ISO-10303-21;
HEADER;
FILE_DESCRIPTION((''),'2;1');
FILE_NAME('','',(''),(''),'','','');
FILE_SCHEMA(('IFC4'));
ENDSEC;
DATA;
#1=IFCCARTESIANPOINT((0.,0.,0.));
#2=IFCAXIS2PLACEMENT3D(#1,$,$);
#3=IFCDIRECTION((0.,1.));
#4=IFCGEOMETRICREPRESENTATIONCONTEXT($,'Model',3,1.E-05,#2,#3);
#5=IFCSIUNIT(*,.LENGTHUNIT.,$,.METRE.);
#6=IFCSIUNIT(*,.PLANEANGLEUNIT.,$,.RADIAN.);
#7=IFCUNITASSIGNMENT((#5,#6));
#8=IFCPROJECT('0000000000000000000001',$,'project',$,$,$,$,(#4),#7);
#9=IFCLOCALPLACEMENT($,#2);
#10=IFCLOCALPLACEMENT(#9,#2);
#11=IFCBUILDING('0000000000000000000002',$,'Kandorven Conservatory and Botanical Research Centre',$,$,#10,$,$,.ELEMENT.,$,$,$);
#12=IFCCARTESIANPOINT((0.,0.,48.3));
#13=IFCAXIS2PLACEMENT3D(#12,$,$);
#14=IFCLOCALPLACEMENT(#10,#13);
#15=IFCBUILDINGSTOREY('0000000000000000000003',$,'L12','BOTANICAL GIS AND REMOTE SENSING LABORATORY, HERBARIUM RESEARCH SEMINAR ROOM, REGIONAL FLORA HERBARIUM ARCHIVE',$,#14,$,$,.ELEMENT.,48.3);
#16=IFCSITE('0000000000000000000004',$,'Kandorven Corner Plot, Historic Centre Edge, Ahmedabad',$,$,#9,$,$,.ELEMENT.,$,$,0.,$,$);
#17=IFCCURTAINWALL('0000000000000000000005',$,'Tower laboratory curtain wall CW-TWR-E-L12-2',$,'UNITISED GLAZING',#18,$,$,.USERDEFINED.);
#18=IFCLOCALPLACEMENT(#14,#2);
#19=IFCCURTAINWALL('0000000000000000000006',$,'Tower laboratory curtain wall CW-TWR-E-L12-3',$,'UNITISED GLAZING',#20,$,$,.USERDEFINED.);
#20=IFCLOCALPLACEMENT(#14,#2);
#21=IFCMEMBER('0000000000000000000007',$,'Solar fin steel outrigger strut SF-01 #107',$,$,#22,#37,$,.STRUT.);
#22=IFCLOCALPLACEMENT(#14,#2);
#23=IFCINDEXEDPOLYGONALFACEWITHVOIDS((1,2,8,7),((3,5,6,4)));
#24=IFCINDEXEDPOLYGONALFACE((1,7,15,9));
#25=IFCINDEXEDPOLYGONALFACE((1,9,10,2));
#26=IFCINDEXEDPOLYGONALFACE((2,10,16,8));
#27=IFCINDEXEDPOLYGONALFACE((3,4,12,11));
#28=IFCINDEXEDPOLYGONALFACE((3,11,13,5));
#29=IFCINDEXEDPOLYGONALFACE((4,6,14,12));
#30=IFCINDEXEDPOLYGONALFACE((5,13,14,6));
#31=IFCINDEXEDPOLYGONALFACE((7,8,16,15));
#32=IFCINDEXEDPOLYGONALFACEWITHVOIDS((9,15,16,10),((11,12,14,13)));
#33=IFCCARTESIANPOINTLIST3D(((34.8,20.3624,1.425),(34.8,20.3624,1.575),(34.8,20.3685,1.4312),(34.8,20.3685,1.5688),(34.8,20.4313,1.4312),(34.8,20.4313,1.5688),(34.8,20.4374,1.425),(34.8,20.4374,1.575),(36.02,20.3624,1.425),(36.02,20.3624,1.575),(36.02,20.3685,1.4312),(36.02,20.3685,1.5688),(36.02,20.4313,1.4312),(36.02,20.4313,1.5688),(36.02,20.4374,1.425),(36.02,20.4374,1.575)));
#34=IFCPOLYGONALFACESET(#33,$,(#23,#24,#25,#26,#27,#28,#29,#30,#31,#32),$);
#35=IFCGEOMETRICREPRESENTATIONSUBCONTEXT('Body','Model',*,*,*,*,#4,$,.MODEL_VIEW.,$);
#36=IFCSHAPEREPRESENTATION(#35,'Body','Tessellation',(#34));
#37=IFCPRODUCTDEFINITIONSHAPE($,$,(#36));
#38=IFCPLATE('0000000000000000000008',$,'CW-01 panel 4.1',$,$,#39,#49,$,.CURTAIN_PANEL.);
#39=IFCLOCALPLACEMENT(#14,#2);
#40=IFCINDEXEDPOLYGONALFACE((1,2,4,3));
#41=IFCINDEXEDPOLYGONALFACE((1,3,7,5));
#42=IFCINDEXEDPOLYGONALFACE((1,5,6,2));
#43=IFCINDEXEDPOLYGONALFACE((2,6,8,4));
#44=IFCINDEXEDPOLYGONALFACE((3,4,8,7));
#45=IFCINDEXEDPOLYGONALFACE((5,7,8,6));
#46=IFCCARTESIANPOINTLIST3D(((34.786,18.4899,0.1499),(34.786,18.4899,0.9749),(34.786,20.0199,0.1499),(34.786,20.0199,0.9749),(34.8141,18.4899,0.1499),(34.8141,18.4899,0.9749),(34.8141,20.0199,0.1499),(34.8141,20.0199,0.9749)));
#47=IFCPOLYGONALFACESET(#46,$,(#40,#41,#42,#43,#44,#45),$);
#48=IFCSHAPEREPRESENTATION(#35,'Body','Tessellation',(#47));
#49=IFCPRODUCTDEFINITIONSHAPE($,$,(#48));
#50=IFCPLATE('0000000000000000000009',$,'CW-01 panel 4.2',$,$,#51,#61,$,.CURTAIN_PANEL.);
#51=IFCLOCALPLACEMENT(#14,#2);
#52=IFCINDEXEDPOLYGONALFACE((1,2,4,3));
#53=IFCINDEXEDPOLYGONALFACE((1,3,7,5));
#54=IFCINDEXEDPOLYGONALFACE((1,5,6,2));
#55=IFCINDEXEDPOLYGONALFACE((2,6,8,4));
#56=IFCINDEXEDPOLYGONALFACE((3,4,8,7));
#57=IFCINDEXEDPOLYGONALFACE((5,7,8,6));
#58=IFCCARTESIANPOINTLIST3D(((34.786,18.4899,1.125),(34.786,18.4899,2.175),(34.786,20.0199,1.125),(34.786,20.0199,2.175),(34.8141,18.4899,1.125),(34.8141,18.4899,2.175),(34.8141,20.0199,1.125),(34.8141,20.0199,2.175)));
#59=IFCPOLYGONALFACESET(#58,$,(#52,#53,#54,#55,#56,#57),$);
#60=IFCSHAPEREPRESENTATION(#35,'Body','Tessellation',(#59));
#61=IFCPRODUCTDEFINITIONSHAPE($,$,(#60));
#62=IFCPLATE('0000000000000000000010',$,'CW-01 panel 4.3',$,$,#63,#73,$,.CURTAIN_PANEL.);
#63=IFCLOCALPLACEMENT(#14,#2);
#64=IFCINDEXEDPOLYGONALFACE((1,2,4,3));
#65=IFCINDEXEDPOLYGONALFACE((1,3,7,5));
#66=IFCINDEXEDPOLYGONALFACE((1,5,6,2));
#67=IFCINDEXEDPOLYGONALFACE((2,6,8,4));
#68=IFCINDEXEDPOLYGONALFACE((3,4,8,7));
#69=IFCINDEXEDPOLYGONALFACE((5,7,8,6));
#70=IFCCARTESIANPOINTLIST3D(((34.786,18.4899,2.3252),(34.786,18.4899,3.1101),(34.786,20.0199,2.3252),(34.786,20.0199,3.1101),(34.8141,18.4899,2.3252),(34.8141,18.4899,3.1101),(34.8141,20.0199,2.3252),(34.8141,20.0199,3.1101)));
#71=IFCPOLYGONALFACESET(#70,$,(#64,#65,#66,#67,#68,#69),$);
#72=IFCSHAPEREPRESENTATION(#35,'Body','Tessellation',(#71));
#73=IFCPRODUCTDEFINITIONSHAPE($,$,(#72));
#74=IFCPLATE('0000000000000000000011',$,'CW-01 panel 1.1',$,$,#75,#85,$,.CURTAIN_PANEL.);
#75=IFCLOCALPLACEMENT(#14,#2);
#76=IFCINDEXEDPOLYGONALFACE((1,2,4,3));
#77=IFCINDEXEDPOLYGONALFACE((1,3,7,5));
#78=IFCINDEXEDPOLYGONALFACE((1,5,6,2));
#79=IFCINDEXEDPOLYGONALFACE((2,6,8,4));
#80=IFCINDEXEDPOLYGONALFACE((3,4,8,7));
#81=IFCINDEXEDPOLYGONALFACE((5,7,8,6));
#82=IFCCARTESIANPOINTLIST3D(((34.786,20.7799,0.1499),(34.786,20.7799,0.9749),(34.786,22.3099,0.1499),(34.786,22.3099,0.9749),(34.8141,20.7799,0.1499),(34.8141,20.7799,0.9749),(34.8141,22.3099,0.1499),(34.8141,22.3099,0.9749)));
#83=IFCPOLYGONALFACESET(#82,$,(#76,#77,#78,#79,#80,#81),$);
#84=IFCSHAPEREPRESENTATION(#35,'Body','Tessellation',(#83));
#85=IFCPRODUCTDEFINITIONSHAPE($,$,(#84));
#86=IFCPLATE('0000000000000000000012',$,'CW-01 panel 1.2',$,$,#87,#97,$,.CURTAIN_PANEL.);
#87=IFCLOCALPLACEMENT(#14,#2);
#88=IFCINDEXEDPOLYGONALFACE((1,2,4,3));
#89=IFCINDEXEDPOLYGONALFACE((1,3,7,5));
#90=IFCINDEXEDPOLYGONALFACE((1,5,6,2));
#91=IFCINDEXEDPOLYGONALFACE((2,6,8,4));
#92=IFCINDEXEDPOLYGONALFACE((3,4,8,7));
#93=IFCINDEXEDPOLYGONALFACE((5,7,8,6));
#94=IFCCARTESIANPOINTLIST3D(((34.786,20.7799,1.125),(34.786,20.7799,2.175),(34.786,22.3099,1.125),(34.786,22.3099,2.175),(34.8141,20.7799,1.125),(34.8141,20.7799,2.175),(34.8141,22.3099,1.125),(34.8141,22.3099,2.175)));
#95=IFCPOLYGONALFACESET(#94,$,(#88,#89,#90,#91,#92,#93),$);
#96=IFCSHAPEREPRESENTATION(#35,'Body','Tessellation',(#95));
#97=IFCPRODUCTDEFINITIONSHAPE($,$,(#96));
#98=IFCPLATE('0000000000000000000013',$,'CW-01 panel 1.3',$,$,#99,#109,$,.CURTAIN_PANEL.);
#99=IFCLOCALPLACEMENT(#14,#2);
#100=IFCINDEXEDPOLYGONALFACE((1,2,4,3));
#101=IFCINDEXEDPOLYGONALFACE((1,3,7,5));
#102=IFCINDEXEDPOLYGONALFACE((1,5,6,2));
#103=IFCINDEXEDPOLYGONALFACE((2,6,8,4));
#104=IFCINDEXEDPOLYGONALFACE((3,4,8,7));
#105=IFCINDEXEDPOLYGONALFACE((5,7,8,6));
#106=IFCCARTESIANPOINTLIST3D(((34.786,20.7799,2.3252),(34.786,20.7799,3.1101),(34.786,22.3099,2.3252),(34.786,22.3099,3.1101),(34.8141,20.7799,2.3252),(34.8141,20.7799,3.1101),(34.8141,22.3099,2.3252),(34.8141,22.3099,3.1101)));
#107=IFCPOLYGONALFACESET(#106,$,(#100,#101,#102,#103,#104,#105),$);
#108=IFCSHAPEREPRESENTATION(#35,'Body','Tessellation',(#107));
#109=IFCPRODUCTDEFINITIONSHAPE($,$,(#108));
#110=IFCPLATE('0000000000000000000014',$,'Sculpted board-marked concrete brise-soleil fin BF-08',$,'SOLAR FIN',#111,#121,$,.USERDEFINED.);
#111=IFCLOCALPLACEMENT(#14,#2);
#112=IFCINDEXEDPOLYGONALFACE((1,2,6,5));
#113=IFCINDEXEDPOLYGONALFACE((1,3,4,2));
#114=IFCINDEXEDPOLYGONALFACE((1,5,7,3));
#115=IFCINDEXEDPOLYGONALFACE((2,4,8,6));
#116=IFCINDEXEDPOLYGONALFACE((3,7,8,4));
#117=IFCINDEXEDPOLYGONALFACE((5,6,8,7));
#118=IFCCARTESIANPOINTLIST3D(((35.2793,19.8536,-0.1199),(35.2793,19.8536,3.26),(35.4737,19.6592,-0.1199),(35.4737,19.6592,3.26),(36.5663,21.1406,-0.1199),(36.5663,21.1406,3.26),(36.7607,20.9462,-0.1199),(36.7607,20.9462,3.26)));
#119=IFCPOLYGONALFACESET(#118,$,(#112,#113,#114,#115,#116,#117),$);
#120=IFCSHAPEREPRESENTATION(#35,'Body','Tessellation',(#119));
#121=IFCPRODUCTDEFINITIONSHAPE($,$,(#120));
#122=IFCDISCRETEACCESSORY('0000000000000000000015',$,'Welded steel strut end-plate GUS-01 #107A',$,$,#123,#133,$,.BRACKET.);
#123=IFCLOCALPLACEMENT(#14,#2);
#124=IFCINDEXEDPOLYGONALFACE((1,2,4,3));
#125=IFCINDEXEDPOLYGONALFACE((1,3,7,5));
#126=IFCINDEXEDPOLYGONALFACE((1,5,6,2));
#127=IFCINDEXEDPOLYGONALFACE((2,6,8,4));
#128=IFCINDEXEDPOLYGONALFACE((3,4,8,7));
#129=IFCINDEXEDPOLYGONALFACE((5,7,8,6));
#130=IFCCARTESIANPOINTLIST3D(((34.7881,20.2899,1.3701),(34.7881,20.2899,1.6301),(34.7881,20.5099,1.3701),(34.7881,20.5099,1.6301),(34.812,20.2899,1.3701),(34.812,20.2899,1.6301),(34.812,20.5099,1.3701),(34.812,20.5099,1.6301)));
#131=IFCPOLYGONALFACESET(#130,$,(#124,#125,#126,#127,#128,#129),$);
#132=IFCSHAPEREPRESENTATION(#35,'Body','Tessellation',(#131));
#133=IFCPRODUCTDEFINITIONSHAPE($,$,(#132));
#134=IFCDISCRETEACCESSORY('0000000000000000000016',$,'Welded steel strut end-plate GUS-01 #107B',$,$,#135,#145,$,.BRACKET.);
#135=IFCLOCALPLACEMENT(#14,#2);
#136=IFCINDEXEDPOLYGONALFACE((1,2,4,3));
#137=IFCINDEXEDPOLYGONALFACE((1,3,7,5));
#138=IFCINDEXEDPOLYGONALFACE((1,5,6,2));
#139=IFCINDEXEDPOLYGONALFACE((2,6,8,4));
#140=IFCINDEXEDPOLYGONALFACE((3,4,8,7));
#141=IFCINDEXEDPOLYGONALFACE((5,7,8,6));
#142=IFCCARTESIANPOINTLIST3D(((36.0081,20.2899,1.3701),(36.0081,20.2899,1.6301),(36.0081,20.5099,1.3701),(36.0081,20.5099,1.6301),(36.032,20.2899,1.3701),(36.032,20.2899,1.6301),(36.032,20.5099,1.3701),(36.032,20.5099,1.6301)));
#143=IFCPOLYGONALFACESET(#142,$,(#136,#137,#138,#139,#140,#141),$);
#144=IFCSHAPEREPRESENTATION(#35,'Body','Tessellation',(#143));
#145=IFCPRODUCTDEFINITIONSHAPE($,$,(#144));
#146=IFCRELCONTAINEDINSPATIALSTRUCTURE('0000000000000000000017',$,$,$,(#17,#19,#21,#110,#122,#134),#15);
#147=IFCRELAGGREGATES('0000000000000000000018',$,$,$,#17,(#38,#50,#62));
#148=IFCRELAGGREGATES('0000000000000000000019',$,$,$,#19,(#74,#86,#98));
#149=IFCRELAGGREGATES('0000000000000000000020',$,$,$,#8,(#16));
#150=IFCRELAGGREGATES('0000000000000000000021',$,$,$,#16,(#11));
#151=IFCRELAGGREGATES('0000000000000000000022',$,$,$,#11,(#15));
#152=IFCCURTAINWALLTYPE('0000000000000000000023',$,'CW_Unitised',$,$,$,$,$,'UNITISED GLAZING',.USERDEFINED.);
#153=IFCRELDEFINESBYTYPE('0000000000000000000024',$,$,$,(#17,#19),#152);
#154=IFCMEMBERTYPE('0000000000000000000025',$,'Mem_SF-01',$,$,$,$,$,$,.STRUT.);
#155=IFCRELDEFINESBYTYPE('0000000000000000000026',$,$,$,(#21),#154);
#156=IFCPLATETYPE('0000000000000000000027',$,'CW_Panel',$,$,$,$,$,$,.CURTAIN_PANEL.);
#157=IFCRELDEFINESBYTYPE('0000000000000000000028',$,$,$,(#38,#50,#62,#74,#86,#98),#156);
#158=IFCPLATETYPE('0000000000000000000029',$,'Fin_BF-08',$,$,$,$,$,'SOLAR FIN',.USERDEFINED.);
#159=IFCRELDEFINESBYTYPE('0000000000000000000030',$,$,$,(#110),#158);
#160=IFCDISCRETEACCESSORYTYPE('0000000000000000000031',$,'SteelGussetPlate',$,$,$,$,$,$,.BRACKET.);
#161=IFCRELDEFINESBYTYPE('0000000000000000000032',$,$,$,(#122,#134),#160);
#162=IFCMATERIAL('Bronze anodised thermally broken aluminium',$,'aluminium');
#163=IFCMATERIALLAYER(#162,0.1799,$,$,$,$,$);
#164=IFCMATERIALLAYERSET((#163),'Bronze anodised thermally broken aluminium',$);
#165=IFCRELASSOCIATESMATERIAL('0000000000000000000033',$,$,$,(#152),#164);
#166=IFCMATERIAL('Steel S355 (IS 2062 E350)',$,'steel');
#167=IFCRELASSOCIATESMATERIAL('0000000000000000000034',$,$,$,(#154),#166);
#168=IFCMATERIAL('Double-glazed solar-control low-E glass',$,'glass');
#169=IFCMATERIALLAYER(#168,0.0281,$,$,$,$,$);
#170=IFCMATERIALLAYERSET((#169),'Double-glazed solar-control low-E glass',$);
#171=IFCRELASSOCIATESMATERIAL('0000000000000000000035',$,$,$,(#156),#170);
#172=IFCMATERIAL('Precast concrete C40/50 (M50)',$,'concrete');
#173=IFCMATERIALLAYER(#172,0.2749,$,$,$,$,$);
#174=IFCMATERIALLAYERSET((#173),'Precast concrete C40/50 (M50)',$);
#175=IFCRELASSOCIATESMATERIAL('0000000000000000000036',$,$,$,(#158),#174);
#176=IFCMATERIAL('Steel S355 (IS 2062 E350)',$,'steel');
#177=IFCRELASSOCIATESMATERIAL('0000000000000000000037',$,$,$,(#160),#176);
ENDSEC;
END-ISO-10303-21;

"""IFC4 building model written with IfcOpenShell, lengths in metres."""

from ifc_helpers import new_model, si_unit, direction, frame, origin, origin_2d, place, context, subcontext, project, spatial, rectangle, hollow_rectangle, extrude, material, layer, layer_set, material_profile, profile_set, type_object, element, aggregate, save


model = new_model("IFC4")

# Units and contexts
model_context = context("Model", 3, precision=1e-05, world=origin(), true_north=direction((0.0, 1.0)))
body_context = subcontext(model_context, "Body", "Model", "MODEL_VIEW")
ifc_project = project(units=[si_unit("LENGTHUNIT", "METRE"), si_unit("PLANEANGLEUNIT", "RADIAN")], contexts=[model_context])

# Site, building, storey
site_placement = place(None, origin())
site = spatial("IfcSite", under=ifc_project, at=site_placement, Name="Kandorven Corner Plot, Historic Centre Edge, Ahmedabad", CompositionType="ELEMENT", RefElevation=0.0)
building_placement = place(site_placement, origin())
building = spatial("IfcBuilding", under=site, at=building_placement, Name="Kandorven Conservatory and Botanical Research Centre", CompositionType="ELEMENT")
storey_placement = place(building_placement, frame((0.0, 0.0, 48.3)))
storey = spatial("IfcBuildingStorey", under=building, at=storey_placement, Name="L12", Description="BOTANICAL GIS AND REMOTE SENSING LABORATORY, HERBARIUM RESEARCH SEMINAR ROOM, REGIONAL FLORA HERBARIUM ARCHIVE", CompositionType="ELEMENT", Elevation=48.3)

# Curtain walls
ifc_material_1 = material(Name="Bronze anodised thermally broken aluminium", Category="aluminium")
ifc_layer_1 = layer(ifc_material_1, 0.1799)
ifc_layer_set_1 = layer_set([ifc_layer_1], Name="Bronze anodised thermally broken aluminium")
curtain_wall_type = type_object("IfcCurtainWallType", Name="CW_Unitised", ElementType="UNITISED GLAZING", PredefinedType="USERDEFINED", material=ifc_layer_set_1)
curtain_wall_1_placement = place(storey_placement, origin())
curtain_wall_1 = element("IfcCurtainWall", 1, at=curtain_wall_1_placement, inside=storey, type_object=curtain_wall_type, Name="Tower laboratory curtain wall CW-TWR-E-L12-2", ObjectType="UNITISED GLAZING", PredefinedType="USERDEFINED")
curtain_wall_2_placement = place(storey_placement, origin())
curtain_wall_2 = element("IfcCurtainWall", 2, at=curtain_wall_2_placement, inside=storey, type_object=curtain_wall_type, Name="Tower laboratory curtain wall CW-TWR-E-L12-3", ObjectType="UNITISED GLAZING", PredefinedType="USERDEFINED")

# Member
ifc_material_2 = material(Name="Steel S355 (IS 2062 E350)", Category="steel")
ifc_material_profile_1 = material_profile(ifc_material_2, hollow_rectangle(XDim=0.075, YDim=0.1499, WallThickness=0.0061, at=origin_2d()))
ifc_profile_set_1 = profile_set([ifc_material_profile_1], Name="Steel S355 (IS 2062 E350)")
member_type_1 = type_object("IfcMemberType", Name="Mem_SF-01", PredefinedType="STRUT", material=ifc_profile_set_1)
member_1_placement = place(storey_placement, frame((34.8, 20.3999, 1.5), z_axis=(1.0, 0.0, 0.0), x_axis=(0.0, 1.0, 0.0)))
element("IfcMember", 3, at=member_1_placement, inside=storey, type_object=member_type_1, Name="Solar fin steel outrigger strut SF-01 #107", PredefinedType="STRUT", context=body_context, shape_type="SweptSolid", body=[
    extrude(hollow_rectangle(XDim=0.075, YDim=0.1499, WallThickness=0.0061, at=origin_2d()), origin(), (0.0, 0.0, 1.0), 1.22),
])

# Plates
ifc_material_3 = material(Name="Double-glazed solar-control low-E glass", Category="glass")
ifc_layer_2 = layer(ifc_material_3, 0.0281)
ifc_layer_set_2 = layer_set([ifc_layer_2], Name="Double-glazed solar-control low-E glass")
plate_type_1 = type_object("IfcPlateType", Name="CW_Panel", PredefinedType="CURTAIN_PANEL", material=ifc_layer_set_2)
plate_1_placement = place(storey_placement, frame((34.8, 19.2549, 0.1499), z_axis=(0.0, 0.0, 1.0), x_axis=(0.0, 1.0, 0.0)))
plate_1 = element("IfcPlate", 4, at=plate_1_placement, type_object=plate_type_1, Name="CW-01 panel 4.1", PredefinedType="CURTAIN_PANEL", context=body_context, shape_type="SweptSolid", body=[
    extrude(rectangle(XDim=1.53, YDim=0.0281, at=origin_2d()), origin(), (0.0, 0.0, 1.0), 0.825),
])
plate_2_placement = place(storey_placement, frame((34.8, 19.2549, 1.125), z_axis=(0.0, 0.0, 1.0), x_axis=(0.0, 1.0, 0.0)))
plate_2 = element("IfcPlate", 5, at=plate_2_placement, type_object=plate_type_1, Name="CW-01 panel 4.2", PredefinedType="CURTAIN_PANEL", context=body_context, shape_type="SweptSolid", body=[
    extrude(rectangle(XDim=1.53, YDim=0.0281, at=origin_2d()), origin(), (0.0, 0.0, 1.0), 1.05),
])
plate_3_placement = place(storey_placement, frame((34.8, 19.2549, 2.3252), z_axis=(0.0, 0.0, 1.0), x_axis=(0.0, 1.0, 0.0)))
plate_3 = element("IfcPlate", 6, at=plate_3_placement, type_object=plate_type_1, Name="CW-01 panel 4.3", PredefinedType="CURTAIN_PANEL", context=body_context, shape_type="SweptSolid", body=[
    extrude(rectangle(XDim=1.53, YDim=0.0281, at=origin_2d()), origin(), (0.0, 0.0, 1.0), 0.7849),
])
aggregate(curtain_wall_1, [plate_1, plate_2, plate_3])
plate_4_placement = place(storey_placement, frame((34.8, 21.5449, 0.1499), z_axis=(0.0, 0.0, 1.0), x_axis=(0.0, 1.0, 0.0)))
plate_4 = element("IfcPlate", 7, at=plate_4_placement, type_object=plate_type_1, Name="CW-01 panel 1.1", PredefinedType="CURTAIN_PANEL", context=body_context, shape_type="SweptSolid", body=[
    extrude(rectangle(XDim=1.53, YDim=0.0281, at=origin_2d()), origin(), (0.0, 0.0, 1.0), 0.825),
])
plate_5_placement = place(storey_placement, frame((34.8, 21.5449, 1.125), z_axis=(0.0, 0.0, 1.0), x_axis=(0.0, 1.0, 0.0)))
plate_5 = element("IfcPlate", 8, at=plate_5_placement, type_object=plate_type_1, Name="CW-01 panel 1.2", PredefinedType="CURTAIN_PANEL", context=body_context, shape_type="SweptSolid", body=[
    extrude(rectangle(XDim=1.53, YDim=0.0281, at=origin_2d()), origin(), (0.0, 0.0, 1.0), 1.05),
])
plate_6_placement = place(storey_placement, frame((34.8, 21.5449, 2.3252), z_axis=(0.0, 0.0, 1.0), x_axis=(0.0, 1.0, 0.0)))
plate_6 = element("IfcPlate", 9, at=plate_6_placement, type_object=plate_type_1, Name="CW-01 panel 1.3", PredefinedType="CURTAIN_PANEL", context=body_context, shape_type="SweptSolid", body=[
    extrude(rectangle(XDim=1.53, YDim=0.0281, at=origin_2d()), origin(), (0.0, 0.0, 1.0), 0.7849),
])
aggregate(curtain_wall_2, [plate_4, plate_5, plate_6])
ifc_material_4 = material(Name="Precast concrete C40/50 (M50)", Category="concrete")
ifc_layer_3 = layer(ifc_material_4, 0.2749)
ifc_layer_set_3 = layer_set([ifc_layer_3], Name="Precast concrete C40/50 (M50)")
plate_type_2 = type_object("IfcPlateType", Name="Fin_BF-08", ElementType="SOLAR FIN", PredefinedType="USERDEFINED", material=ifc_layer_set_3)
plate_7_placement = place(storey_placement, frame((36.02, 20.3999, -0.1199), z_axis=(0.0, 0.0, 1.0), x_axis=(0.707107, 0.707107, 0.0)))
element("IfcPlate", 10, at=plate_7_placement, inside=storey, type_object=plate_type_2, Name="Sculpted board-marked concrete brise-soleil fin BF-08", ObjectType="SOLAR FIN", PredefinedType="USERDEFINED", context=body_context, shape_type="SweptSolid", body=[
    extrude(rectangle(XDim=1.8201, YDim=0.2749, at=origin_2d()), origin(), (0.0, 0.0, 1.0), 3.3799),
])

# Discrete accessories
ifc_material_5 = material(Name="Steel S355 (IS 2062 E350)", Category="steel")
discrete_accessory_type = type_object("IfcDiscreteAccessoryType", Name="SteelGussetPlate", PredefinedType="BRACKET", material=ifc_material_5)
for number, where, z_axis, x_axis, name in (
    (11, (34.8, 20.3999, 1.3701), (0.0, 0.0, 1.0), (1.0, 0.0, 0.0), "Welded steel strut end-plate GUS-01 #107A"),
    (12, (36.02, 20.3999, 1.3701), (0.0, 0.0, 1.0), (1.0, 0.0, 0.0), "Welded steel strut end-plate GUS-01 #107B"),
):
    element("IfcDiscreteAccessory", number, at=place(storey_placement, frame(where, z_axis=z_axis, x_axis=x_axis)), inside=storey, type_object=discrete_accessory_type, Name=name, PredefinedType="BRACKET", context=body_context, shape_type="SweptSolid", body=[
        extrude(rectangle(XDim=0.0239, YDim=0.22, at=origin_2d()), origin(), (0.0, 0.0, 1.0), 0.26),
    ])

save(model, "model.ifc")
